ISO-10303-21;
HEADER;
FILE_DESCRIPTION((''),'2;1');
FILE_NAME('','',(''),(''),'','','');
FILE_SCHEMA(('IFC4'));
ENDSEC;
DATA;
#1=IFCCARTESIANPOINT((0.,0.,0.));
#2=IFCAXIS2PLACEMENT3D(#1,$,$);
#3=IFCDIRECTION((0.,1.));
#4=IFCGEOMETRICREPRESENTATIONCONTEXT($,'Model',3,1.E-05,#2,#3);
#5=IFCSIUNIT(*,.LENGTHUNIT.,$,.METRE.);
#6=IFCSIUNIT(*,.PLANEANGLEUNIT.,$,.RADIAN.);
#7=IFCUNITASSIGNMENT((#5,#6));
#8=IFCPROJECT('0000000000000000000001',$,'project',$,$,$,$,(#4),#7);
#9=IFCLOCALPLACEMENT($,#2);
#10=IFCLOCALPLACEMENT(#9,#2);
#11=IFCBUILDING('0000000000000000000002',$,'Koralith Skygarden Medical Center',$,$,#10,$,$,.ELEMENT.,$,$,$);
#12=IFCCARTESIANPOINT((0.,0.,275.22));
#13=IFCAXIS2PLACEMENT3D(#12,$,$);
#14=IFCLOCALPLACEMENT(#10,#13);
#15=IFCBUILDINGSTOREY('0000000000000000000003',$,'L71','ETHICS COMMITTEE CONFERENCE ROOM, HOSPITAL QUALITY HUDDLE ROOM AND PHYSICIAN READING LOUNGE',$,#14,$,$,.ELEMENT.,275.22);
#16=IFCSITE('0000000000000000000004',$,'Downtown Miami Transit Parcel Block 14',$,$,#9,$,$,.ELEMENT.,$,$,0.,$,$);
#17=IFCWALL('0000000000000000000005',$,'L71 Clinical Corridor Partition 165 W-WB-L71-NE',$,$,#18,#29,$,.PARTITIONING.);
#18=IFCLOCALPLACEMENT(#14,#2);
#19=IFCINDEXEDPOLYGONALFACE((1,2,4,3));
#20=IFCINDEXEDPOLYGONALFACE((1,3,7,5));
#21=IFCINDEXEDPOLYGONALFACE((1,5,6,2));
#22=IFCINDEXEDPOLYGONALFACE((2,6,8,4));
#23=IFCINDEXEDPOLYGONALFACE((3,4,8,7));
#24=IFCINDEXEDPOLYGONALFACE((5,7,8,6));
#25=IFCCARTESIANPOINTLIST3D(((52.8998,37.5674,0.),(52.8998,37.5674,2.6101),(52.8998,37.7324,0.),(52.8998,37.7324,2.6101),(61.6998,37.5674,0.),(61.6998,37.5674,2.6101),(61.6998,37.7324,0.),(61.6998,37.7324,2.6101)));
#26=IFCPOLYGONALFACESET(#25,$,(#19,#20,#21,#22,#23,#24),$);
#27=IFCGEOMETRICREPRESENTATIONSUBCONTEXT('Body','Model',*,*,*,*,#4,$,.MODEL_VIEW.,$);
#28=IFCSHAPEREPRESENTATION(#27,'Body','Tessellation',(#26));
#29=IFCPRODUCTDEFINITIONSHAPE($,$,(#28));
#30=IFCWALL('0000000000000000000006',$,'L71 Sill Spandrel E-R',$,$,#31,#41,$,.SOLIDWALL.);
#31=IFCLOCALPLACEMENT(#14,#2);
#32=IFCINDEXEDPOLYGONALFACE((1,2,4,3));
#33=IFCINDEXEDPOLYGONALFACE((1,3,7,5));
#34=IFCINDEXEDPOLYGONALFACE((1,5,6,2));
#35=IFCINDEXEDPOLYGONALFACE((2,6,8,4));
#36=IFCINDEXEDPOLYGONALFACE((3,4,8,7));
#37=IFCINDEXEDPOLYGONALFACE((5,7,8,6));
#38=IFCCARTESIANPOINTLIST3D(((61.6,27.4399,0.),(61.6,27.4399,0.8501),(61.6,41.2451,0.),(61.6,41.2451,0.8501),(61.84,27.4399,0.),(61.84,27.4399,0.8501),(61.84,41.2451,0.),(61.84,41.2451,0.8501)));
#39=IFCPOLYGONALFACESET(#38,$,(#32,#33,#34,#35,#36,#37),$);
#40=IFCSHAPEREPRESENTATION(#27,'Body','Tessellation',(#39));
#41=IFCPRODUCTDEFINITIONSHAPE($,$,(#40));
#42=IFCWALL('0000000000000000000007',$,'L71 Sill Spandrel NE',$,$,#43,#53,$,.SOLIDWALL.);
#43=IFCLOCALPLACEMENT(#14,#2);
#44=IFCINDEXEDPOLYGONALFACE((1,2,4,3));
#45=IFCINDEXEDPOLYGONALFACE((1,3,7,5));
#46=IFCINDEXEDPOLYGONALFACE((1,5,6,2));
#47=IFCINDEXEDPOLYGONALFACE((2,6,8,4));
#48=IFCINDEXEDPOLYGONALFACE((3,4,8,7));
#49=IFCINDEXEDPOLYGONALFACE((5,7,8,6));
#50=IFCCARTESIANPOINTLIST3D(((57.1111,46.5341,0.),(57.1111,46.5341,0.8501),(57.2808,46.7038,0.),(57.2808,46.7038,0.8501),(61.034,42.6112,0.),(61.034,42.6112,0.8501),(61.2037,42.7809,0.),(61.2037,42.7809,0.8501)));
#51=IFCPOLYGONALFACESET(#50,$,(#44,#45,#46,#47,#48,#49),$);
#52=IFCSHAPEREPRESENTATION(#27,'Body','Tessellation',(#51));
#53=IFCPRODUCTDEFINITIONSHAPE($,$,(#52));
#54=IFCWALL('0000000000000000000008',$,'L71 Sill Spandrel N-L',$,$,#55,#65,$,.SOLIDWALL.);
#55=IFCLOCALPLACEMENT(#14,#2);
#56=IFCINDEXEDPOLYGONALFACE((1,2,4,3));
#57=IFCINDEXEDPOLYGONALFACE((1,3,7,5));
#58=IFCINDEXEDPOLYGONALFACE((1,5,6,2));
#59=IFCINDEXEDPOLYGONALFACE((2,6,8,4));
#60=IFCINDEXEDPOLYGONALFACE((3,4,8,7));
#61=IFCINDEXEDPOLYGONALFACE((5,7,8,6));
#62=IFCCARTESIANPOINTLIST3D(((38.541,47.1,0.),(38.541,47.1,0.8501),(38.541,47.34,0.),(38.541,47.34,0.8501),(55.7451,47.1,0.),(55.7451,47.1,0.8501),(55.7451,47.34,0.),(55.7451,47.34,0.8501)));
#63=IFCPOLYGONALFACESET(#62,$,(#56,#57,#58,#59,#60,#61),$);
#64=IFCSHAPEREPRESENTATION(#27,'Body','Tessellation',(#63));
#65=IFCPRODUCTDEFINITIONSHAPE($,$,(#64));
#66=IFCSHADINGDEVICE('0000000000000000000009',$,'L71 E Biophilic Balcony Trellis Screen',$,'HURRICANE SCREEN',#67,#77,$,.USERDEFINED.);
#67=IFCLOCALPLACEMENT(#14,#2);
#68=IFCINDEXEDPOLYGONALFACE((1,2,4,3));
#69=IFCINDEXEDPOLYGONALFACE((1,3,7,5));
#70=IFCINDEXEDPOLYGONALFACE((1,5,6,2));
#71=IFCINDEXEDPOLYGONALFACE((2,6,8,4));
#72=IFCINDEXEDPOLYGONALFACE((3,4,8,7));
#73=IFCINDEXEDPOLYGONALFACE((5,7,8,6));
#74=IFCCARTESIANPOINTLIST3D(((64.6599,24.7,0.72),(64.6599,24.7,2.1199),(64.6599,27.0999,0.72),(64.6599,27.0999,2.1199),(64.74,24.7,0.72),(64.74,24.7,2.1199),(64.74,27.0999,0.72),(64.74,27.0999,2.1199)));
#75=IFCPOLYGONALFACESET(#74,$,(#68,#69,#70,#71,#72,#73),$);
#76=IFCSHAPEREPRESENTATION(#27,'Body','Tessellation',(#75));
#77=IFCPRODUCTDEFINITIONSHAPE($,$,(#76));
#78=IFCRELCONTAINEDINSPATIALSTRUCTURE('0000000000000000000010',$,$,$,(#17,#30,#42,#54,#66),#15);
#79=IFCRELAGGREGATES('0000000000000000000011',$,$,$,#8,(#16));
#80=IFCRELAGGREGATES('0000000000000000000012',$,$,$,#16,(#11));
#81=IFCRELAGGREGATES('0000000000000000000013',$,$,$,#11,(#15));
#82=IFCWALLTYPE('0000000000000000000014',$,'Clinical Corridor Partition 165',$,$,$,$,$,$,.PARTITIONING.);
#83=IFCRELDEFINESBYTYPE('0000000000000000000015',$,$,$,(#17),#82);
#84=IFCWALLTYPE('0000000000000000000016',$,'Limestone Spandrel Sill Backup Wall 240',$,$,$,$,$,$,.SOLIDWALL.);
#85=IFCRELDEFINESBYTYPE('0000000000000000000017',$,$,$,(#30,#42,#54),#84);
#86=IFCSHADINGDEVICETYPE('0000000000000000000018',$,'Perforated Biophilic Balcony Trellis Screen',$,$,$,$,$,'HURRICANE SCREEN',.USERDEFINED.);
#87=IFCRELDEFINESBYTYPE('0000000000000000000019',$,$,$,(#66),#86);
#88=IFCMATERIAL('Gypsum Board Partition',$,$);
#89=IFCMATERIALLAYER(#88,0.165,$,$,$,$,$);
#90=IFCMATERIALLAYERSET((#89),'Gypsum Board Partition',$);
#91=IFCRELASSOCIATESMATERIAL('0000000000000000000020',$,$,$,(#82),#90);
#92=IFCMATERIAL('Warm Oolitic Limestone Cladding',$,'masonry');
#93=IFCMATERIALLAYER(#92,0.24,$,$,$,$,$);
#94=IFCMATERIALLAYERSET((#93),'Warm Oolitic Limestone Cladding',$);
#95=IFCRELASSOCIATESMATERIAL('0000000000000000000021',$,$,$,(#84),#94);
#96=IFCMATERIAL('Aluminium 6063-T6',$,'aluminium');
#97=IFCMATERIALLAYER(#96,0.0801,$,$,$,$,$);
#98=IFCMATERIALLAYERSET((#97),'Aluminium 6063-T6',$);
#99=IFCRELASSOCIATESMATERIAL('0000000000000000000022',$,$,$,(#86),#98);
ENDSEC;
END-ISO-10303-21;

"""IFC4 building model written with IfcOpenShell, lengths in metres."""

from ifc_helpers import new_model, si_unit, direction, frame, frame_2d, origin, origin_2d, place, context, subcontext, project, spatial, rectangle, extrude, material, layer, layer_set, type_object, element, save


model = new_model("IFC4")

# Units and contexts
model_context = context("Model", 3, precision=1e-05, world=origin(), true_north=direction((0.0, 1.0)))
body_context = subcontext(model_context, "Body", "Model", "MODEL_VIEW")
ifc_project = project(units=[si_unit("LENGTHUNIT", "METRE"), si_unit("PLANEANGLEUNIT", "RADIAN")], contexts=[model_context])

# Site, building, storey
site_placement = place(None, origin())
site = spatial("IfcSite", under=ifc_project, at=site_placement, Name="Downtown Miami Transit Parcel Block 14", CompositionType="ELEMENT", RefElevation=0.0)
building_placement = place(site_placement, origin())
building = spatial("IfcBuilding", under=site, at=building_placement, Name="Koralith Skygarden Medical Center", CompositionType="ELEMENT")
storey_placement = place(building_placement, frame((0.0, 0.0, 275.22)))
storey = spatial("IfcBuildingStorey", under=building, at=storey_placement, Name="L71", Description="ETHICS COMMITTEE CONFERENCE ROOM, HOSPITAL QUALITY HUDDLE ROOM AND PHYSICIAN READING LOUNGE", CompositionType="ELEMENT", Elevation=275.22)

# Shared definitions
ifc_material_1 = material(Name="Aluminium 6063-T6", Category="aluminium")

# Shared definitions
ifc_material_2 = material(Name="Warm Oolitic Limestone Cladding", Category="masonry")

# Wall
ifc_material_3 = material(Name="Gypsum Board Partition")
ifc_layer_1 = layer(ifc_material_3, 0.165)
ifc_layer_set_1 = layer_set([ifc_layer_1], Name="Gypsum Board Partition")
wall_type_1 = type_object("IfcWallType", Name="Clinical Corridor Partition 165", PredefinedType="PARTITIONING", material=ifc_layer_set_1)
wall_1_placement = place(storey_placement, frame((52.8999, 37.6499, 0.0), z_axis=(0.0, 0.0, 1.0), x_axis=(1.0, 0.0, 0.0)))
element("IfcWall", 1, at=wall_1_placement, inside=storey, type_object=wall_type_1, Name="L71 Clinical Corridor Partition 165 W-WB-L71-NE", PredefinedType="PARTITIONING", context=body_context, shape_type="SweptSolid", body=[
    extrude(rectangle(XDim=8.8, YDim=0.165, at=frame_2d((4.3999, 0.0))), origin(), (0.0, 0.0, 1.0), 2.6101),
])

# Walls
ifc_layer_2 = layer(ifc_material_2, 0.24)
ifc_layer_set_2 = layer_set([ifc_layer_2], Name="Warm Oolitic Limestone Cladding")
wall_type_2 = type_object("IfcWallType", Name="Limestone Spandrel Sill Backup Wall 240", PredefinedType="SOLIDWALL", material=ifc_layer_set_2)
wall_2_placement = place(storey_placement, frame((61.72, 27.4399, 0.0), z_axis=(0.0, 0.0, 1.0), x_axis=(0.0, 1.0, 0.0)))
element("IfcWall", 2, at=wall_2_placement, inside=storey, type_object=wall_type_2, Name="L71 Sill Spandrel E-R", PredefinedType="SOLIDWALL", context=body_context, shape_type="SweptSolid", body=[
    extrude(rectangle(XDim=13.8052, YDim=0.24, at=frame_2d((6.9026, 0.0))), origin(), (0.0, 0.0, 1.0), 0.8501),
])
wall_3_placement = place(storey_placement, frame((61.1189, 42.696, 0.0), z_axis=(0.0, 0.0, 1.0), x_axis=(-0.707107, 0.707107, 0.0)))
element("IfcWall", 3, at=wall_3_placement, inside=storey, type_object=wall_type_2, Name="L71 Sill Spandrel NE", PredefinedType="SOLIDWALL", context=body_context, shape_type="SweptSolid", body=[
    extrude(rectangle(XDim=5.5479, YDim=0.24, at=frame_2d((2.7739, 0.0))), origin(), (0.0, 0.0, 1.0), 0.8501),
])
wall_4_placement = place(storey_placement, frame((55.7451, 47.22, 0.0), z_axis=(0.0, 0.0, 1.0), x_axis=(-1.0, 0.0, 0.0)))
element("IfcWall", 4, at=wall_4_placement, inside=storey, type_object=wall_type_2, Name="L71 Sill Spandrel N-L", PredefinedType="SOLIDWALL", context=body_context, shape_type="SweptSolid", body=[
    extrude(rectangle(XDim=17.2041, YDim=0.24, at=frame_2d((8.6021, 0.0))), origin(), (0.0, 0.0, 1.0), 0.8501),
])

# Shading device
ifc_layer_3 = layer(ifc_material_1, 0.0801)
ifc_layer_set_3 = layer_set([ifc_layer_3], Name="Aluminium 6063-T6")
shading_device_type = type_object("IfcShadingDeviceType", Name="Perforated Biophilic Balcony Trellis Screen", ElementType="HURRICANE SCREEN", PredefinedType="USERDEFINED", material=ifc_layer_set_3)
shading_device_placement = place(storey_placement, frame((64.7, 25.8999, 0.72), z_axis=(0.0, 0.0, 1.0), x_axis=(0.0, 1.0, 0.0)))
element("IfcShadingDevice", 5, at=shading_device_placement, inside=storey, type_object=shading_device_type, Name="L71 E Biophilic Balcony Trellis Screen", ObjectType="HURRICANE SCREEN", PredefinedType="USERDEFINED", context=body_context, shape_type="SweptSolid", body=[
    extrude(rectangle(XDim=2.3999, YDim=0.0801, at=origin_2d()), origin(), (0.0, 0.0, 1.0), 1.3999),
])

save(model, "model.ifc")
